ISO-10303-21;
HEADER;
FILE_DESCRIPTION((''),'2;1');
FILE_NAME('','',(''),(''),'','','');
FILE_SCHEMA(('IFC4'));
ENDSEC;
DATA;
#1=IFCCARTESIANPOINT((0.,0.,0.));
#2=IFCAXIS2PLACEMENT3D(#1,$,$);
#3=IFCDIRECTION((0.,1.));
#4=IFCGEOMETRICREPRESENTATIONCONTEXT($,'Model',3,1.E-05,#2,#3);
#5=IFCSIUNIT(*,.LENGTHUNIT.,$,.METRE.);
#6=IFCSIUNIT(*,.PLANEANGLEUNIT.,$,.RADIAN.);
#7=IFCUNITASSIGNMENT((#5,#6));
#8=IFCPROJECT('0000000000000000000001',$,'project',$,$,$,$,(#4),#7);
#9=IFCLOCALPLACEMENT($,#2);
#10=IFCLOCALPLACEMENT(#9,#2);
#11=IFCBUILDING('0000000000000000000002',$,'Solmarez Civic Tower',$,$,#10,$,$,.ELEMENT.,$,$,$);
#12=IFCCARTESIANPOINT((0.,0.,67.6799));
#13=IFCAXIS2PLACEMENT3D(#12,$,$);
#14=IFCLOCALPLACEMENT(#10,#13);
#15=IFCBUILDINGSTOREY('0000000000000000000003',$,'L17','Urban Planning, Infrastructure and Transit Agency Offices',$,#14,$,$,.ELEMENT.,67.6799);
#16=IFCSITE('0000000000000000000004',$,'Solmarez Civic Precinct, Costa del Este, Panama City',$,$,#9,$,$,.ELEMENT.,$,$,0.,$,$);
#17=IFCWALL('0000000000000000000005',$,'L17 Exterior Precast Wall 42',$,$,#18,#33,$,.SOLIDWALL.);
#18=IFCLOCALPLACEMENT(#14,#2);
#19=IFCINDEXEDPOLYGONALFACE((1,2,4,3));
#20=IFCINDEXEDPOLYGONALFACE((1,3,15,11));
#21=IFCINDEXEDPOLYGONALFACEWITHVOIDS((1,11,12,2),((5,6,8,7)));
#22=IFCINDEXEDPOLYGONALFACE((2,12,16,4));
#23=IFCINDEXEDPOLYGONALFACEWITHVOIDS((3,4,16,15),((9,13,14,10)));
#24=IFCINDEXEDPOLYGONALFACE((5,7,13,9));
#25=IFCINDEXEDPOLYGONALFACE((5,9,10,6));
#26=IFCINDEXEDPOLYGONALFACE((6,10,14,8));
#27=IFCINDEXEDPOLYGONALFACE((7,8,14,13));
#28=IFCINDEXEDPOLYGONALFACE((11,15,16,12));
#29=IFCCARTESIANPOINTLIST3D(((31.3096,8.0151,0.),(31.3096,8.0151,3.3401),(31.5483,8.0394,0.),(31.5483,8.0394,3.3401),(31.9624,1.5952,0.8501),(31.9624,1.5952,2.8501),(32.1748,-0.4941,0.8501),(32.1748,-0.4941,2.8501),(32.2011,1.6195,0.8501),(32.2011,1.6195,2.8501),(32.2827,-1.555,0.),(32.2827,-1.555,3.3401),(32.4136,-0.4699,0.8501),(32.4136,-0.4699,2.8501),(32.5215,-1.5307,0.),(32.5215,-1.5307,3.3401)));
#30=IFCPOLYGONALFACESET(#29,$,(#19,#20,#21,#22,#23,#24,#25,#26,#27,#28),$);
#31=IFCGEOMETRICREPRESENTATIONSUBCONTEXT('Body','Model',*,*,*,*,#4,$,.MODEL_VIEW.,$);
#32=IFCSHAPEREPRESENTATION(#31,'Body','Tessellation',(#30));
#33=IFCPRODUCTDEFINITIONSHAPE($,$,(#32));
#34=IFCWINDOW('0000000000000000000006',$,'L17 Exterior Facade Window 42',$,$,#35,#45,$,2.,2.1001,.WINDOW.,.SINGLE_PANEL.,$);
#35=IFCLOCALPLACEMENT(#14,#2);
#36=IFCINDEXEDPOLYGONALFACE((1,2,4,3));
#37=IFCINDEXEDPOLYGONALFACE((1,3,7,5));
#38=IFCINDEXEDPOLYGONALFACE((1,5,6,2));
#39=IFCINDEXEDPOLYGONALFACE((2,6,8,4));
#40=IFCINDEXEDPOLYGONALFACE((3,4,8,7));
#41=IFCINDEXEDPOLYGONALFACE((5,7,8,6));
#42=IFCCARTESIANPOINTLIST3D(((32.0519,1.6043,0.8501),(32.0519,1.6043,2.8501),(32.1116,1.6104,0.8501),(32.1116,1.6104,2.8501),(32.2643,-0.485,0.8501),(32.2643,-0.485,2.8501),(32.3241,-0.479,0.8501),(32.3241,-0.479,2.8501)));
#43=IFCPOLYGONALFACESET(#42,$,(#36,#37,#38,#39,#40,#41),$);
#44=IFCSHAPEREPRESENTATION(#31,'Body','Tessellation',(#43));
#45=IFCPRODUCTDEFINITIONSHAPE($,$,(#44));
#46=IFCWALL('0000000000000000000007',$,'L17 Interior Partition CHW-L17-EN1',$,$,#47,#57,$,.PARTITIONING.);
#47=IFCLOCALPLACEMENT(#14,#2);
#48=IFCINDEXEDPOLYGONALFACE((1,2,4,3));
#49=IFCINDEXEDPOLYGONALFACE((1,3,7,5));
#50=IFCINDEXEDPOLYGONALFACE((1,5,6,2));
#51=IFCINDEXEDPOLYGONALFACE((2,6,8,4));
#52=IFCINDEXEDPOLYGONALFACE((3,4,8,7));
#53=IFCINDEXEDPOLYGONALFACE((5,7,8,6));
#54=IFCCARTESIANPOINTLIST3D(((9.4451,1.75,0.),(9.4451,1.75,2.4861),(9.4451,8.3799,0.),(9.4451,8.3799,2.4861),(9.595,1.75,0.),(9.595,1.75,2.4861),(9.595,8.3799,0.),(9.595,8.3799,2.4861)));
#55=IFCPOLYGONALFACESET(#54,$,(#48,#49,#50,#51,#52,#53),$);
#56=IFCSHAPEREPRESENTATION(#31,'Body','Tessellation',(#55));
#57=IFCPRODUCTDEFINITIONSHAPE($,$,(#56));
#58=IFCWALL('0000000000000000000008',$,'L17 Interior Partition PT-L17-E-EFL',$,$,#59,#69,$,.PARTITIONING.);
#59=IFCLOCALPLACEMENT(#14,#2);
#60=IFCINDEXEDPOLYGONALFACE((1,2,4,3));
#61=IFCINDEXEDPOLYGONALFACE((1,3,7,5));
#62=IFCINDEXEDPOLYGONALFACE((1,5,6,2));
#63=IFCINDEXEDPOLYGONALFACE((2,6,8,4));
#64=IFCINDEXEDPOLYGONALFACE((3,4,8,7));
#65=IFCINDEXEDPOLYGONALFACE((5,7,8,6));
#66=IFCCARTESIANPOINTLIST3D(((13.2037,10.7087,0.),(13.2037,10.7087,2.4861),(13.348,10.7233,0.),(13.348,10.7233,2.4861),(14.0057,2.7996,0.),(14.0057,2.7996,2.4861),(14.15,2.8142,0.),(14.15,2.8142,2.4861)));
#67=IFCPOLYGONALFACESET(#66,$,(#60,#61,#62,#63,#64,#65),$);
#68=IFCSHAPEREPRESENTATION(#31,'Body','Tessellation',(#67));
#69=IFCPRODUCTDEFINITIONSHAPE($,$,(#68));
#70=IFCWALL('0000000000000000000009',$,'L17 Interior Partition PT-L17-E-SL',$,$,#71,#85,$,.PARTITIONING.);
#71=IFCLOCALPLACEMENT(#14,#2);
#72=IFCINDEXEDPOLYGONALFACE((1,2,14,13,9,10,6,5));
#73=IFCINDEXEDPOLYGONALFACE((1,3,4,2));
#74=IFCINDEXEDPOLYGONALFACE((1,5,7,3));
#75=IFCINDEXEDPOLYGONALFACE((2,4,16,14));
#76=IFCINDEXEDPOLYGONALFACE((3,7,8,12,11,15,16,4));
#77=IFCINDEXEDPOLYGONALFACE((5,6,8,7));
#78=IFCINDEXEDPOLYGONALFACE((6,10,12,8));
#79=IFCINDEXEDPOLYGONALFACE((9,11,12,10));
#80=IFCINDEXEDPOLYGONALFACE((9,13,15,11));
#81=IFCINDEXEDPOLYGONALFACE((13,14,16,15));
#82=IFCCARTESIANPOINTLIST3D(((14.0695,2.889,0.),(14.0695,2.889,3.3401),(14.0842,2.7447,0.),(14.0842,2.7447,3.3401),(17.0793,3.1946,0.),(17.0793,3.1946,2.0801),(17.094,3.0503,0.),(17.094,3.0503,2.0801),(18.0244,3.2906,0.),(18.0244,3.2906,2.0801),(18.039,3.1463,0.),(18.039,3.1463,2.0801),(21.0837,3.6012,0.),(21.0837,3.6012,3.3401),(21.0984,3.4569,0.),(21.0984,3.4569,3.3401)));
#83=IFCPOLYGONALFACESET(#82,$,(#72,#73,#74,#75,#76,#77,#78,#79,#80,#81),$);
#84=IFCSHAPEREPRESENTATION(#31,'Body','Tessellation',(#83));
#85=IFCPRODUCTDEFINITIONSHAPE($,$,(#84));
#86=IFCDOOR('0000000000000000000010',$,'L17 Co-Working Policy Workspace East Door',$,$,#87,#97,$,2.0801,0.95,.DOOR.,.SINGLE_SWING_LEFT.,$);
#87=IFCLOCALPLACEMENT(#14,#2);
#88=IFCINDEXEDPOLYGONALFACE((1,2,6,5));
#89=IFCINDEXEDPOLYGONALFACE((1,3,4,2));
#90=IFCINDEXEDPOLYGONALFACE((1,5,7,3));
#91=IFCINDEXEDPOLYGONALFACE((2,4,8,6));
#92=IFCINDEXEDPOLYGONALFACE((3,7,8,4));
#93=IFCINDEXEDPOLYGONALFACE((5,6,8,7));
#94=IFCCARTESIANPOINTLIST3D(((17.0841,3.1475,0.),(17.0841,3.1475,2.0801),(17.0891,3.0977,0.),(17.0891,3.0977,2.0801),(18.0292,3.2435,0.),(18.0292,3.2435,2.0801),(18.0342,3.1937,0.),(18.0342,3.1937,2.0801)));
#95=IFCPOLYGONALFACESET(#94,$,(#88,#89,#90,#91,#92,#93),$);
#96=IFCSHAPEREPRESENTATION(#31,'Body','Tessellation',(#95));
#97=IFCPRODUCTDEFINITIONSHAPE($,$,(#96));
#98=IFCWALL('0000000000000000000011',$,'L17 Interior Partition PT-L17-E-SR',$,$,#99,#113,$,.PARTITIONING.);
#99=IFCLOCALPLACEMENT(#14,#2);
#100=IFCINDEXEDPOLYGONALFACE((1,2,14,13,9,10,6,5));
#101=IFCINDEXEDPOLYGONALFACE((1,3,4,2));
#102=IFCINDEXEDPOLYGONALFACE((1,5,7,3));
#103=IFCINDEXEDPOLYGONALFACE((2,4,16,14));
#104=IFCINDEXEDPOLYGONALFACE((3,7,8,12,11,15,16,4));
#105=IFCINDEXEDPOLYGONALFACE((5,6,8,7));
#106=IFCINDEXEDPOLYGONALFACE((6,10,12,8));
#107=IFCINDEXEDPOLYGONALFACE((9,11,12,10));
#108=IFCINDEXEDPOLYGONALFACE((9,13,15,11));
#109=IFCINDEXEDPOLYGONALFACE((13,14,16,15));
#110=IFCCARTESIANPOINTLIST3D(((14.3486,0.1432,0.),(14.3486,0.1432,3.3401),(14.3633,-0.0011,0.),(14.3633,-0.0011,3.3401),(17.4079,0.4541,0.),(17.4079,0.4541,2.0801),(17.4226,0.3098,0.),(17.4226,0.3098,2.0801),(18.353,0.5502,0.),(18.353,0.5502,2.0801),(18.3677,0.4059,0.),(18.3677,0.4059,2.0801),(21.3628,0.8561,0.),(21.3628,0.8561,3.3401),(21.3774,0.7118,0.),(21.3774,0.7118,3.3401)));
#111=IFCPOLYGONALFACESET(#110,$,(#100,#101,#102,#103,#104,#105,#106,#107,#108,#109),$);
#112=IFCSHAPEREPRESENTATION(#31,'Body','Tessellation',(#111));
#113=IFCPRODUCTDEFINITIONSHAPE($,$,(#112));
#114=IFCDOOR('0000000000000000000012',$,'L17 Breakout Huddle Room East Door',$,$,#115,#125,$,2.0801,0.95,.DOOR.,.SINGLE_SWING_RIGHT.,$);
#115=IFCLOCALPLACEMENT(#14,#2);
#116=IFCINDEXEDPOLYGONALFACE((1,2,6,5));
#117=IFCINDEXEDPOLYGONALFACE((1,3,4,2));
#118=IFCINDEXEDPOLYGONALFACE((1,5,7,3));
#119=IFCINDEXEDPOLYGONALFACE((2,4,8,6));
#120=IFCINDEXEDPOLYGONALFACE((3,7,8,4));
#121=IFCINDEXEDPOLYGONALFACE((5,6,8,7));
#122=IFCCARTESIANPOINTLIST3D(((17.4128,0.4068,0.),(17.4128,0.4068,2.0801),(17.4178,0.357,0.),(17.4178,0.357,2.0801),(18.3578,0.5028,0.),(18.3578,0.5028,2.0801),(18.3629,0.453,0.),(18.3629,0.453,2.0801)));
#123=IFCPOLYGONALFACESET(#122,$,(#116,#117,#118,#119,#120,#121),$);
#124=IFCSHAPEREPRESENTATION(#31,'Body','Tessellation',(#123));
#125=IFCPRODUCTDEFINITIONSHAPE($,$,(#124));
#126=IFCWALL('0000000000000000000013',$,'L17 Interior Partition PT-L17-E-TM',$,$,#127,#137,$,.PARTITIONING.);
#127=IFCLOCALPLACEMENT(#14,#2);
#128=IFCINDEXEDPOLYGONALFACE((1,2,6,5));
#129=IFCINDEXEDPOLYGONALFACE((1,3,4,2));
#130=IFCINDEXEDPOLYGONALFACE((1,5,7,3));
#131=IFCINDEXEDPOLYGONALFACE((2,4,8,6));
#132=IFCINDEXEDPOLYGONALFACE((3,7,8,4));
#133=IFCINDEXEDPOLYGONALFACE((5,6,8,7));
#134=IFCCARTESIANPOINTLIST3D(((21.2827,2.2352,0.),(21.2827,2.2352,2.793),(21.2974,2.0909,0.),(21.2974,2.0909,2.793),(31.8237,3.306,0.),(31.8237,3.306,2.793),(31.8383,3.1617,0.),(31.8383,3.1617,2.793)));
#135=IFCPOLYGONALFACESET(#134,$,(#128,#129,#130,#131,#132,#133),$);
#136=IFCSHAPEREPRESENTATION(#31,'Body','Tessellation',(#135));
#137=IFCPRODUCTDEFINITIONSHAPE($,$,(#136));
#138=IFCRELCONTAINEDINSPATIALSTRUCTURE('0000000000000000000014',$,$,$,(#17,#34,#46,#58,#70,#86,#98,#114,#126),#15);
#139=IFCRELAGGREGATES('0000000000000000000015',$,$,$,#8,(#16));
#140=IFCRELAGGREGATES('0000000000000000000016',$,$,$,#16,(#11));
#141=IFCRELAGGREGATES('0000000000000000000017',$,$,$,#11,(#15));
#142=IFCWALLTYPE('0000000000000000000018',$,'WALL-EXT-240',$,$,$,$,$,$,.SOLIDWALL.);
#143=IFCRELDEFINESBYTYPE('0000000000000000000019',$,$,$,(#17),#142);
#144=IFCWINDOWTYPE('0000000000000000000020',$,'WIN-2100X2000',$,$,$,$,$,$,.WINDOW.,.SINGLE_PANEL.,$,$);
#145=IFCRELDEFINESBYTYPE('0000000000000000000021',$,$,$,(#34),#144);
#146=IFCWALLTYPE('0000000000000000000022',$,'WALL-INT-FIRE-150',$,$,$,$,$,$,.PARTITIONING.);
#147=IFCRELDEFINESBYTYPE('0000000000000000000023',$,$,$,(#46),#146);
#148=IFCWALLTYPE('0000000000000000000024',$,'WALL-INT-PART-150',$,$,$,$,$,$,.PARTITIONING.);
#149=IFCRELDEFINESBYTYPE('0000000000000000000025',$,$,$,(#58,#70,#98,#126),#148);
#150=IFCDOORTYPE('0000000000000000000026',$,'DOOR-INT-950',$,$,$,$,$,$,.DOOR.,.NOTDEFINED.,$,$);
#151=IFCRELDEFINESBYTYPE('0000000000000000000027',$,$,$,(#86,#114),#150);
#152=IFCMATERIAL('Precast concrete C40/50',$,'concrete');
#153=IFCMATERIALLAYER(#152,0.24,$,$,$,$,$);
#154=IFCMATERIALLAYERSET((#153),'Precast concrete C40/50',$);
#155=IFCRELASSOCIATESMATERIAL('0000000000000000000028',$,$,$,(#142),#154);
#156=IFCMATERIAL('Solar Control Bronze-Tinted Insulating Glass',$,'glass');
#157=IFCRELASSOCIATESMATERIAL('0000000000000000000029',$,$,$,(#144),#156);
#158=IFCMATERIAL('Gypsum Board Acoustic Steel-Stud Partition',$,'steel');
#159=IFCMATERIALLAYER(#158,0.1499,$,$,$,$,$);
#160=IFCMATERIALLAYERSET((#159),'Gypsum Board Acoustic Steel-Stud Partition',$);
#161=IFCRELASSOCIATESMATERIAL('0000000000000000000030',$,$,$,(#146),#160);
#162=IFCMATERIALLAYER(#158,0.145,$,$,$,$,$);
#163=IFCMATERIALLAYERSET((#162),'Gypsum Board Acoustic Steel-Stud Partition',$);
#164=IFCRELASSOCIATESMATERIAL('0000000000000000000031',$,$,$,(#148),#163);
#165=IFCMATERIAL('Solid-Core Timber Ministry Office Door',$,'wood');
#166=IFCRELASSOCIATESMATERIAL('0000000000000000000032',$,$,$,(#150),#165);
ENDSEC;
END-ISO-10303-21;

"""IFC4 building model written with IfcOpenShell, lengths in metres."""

from ifc_helpers import new_model, si_unit, direction, frame, frame_2d, origin, place, context, subcontext, project, spatial, rectangle, extrude, material, layer, layer_set, type_object, element, fill, save


model = new_model("IFC4")

# Units and contexts
model_context = context("Model", 3, precision=1e-05, world=origin(), true_north=direction((0.0, 1.0)))
body_context = subcontext(model_context, "Body", "Model", "MODEL_VIEW")
ifc_project = project(units=[si_unit("LENGTHUNIT", "METRE"), si_unit("PLANEANGLEUNIT", "RADIAN")], contexts=[model_context])

# Site, building, storey
site_placement = place(None, origin())
site = spatial("IfcSite", under=ifc_project, at=site_placement, Name="Solmarez Civic Precinct, Costa del Este, Panama City", CompositionType="ELEMENT", RefElevation=0.0)
building_placement = place(site_placement, origin())
building = spatial("IfcBuilding", under=site, at=building_placement, Name="Solmarez Civic Tower", CompositionType="ELEMENT")
storey_placement = place(building_placement, frame((0.0, 0.0, 67.6799)))
storey = spatial("IfcBuildingStorey", under=building, at=storey_placement, Name="L17", Description="Urban Planning, Infrastructure and Transit Agency Offices", CompositionType="ELEMENT", Elevation=67.6799)

# Shared definitions
ifc_material_1 = material(Name="Precast concrete C40/50", Category="concrete")
ifc_layer_1 = layer(ifc_material_1, 0.24)
ifc_layer_set_1 = layer_set([ifc_layer_1], Name="Precast concrete C40/50")
wall_type_1 = type_object("IfcWallType", Name="WALL-EXT-240", PredefinedType="SOLIDWALL", material=ifc_layer_set_1)

# Shared definitions
ifc_material_2 = material(Name="Solar Control Bronze-Tinted Insulating Glass", Category="glass")

# Wall, opening, window
wall_1_placement = place(storey_placement, frame((31.429, 8.0271, 0.0), z_axis=(0.0, 0.0, 1.0), x_axis=(0.101165, -0.99487, 0.0)))
wall_1 = element("IfcWall", 1, at=wall_1_placement, inside=storey, type_object=wall_type_1, Name="L17 Exterior Precast Wall 42", PredefinedType="SOLIDWALL", context=body_context, shape_type="SweptSolid", body=[
    extrude(rectangle(XDim=9.6194, YDim=0.24, at=frame_2d((4.8096, 0.0))), origin(), (0.0, 0.0, 1.0), 3.3401),
])
opening_1_placement = place(wall_1_placement, frame((6.4529, 0.0, 0.8501)))
opening_1 = element("IfcOpeningElement", 2, at=opening_1_placement, cuts=wall_1, PredefinedType="OPENING", context=body_context, shape_type="SweptSolid", body=[
    extrude(rectangle(XDim=2.1001, YDim=2.0, at=frame_2d((1.05, 1.0))), frame((0.0, 0.1299, 0.0), z_axis=(0.0, -1.0, 0.0), x_axis=(1.0, 0.0, 0.0)), (0.0, 0.0, 1.0), 0.26),
])
window_type_1 = type_object("IfcWindowType", Name="WIN-2100X2000", PartitioningType="SINGLE_PANEL", PredefinedType="WINDOW", material=ifc_material_2)
window_1_placement = place(opening_1_placement, origin())
window_1 = element("IfcWindow", 3, at=window_1_placement, inside=storey, type_object=window_type_1, Name="L17 Exterior Facade Window 42", OverallHeight=2.0, OverallWidth=2.1001, PartitioningType="SINGLE_PANEL", PredefinedType="WINDOW", context=body_context, shape_type="SweptSolid", body=[
    extrude(rectangle(XDim=2.1001, YDim=2.0, at=frame_2d((1.05, 1.0))), frame((0.0, 0.03, 0.0), z_axis=(0.0, -1.0, 0.0), x_axis=(1.0, 0.0, 0.0)), (0.0, 0.0, 1.0), 0.0601),
])
fill(opening_1, window_1)

# Walls
ifc_material_3 = material(Name="Gypsum Board Acoustic Steel-Stud Partition", Category="steel")
ifc_layer_2 = layer(ifc_material_3, 0.1499)
ifc_layer_set_2 = layer_set([ifc_layer_2], Name="Gypsum Board Acoustic Steel-Stud Partition")
wall_type_2 = type_object("IfcWallType", Name="WALL-INT-FIRE-150", PredefinedType="PARTITIONING", material=ifc_layer_set_2)
wall_2_placement = place(storey_placement, frame((9.52, 1.75, 0.0), z_axis=(0.0, 0.0, 1.0), x_axis=(0.0, 1.0, 0.0)))
element("IfcWall", 4, at=wall_2_placement, inside=storey, type_object=wall_type_2, Name="L17 Interior Partition CHW-L17-EN1", PredefinedType="PARTITIONING", context=body_context, shape_type="SweptSolid", body=[
    extrude(rectangle(XDim=6.6299, YDim=0.1499, at=frame_2d((3.3149, 0.0))), origin(), (0.0, 0.0, 1.0), 2.4861),
])
ifc_layer_3 = layer(ifc_material_3, 0.145)
ifc_layer_set_3 = layer_set([ifc_layer_3], Name="Gypsum Board Acoustic Steel-Stud Partition")
wall_type_3 = type_object("IfcWallType", Name="WALL-INT-PART-150", PredefinedType="PARTITIONING", material=ifc_layer_set_3)
wall_3_placement = place(storey_placement, frame((14.0779, 2.8069, 0.0), z_axis=(0.0, 0.0, 1.0), x_axis=(-0.100884, 0.994898, 0.0)))
element("IfcWall", 5, at=wall_3_placement, inside=storey, type_object=wall_type_3, Name="L17 Interior Partition PT-L17-E-EFL", PredefinedType="PARTITIONING", context=body_context, shape_type="SweptSolid", body=[
    extrude(rectangle(XDim=7.9497, YDim=0.145, at=frame_2d((3.9749, 0.0))), origin(), (0.0, 0.0, 1.0), 2.4861),
])

# Walls, openings, doors
wall_4_placement = place(storey_placement, frame((21.0911, 3.5291, 0.0), z_axis=(0.0, 0.0, 1.0), x_axis=(-0.994885, -0.101012, 0.0)))
wall_4 = element("IfcWall", 6, at=wall_4_placement, inside=storey, type_object=wall_type_3, Name="L17 Interior Partition PT-L17-E-SL", PredefinedType="PARTITIONING", context=body_context, shape_type="SweptSolid", body=[
    extrude(rectangle(XDim=7.0503, YDim=0.145, at=frame_2d((3.5251, 0.0))), origin(), (0.0, 0.0, 1.0), 3.3401),
])
opening_2_placement = place(wall_4_placement, frame((3.075, 0.0, 0.0)))
opening_2 = element("IfcOpeningElement", 7, at=opening_2_placement, cuts=wall_4, PredefinedType="OPENING", context=body_context, shape_type="SweptSolid", body=[
    extrude(rectangle(XDim=0.95, YDim=2.0801, at=frame_2d((0.4751, 1.04))), frame((0.0, 0.0825, 0.0), z_axis=(0.0, -1.0, 0.0), x_axis=(1.0, 0.0, 0.0)), (0.0, 0.0, 1.0), 0.165),
])
ifc_material_4 = material(Name="Solid-Core Timber Ministry Office Door", Category="wood")
door_type_1 = type_object("IfcDoorType", Name="DOOR-INT-950", OperationType="NOTDEFINED", PredefinedType="DOOR", material=ifc_material_4)
door_1_placement = place(opening_2_placement, origin())
door_1 = element("IfcDoor", 8, at=door_1_placement, inside=storey, type_object=door_type_1, Name="L17 Co-Working Policy Workspace East Door", OperationType="SINGLE_SWING_LEFT", OverallHeight=2.0801, OverallWidth=0.95, PredefinedType="DOOR", context=body_context, shape_type="SweptSolid", body=[
    extrude(rectangle(XDim=0.95, YDim=2.0801, at=frame_2d((0.4751, 1.04))), frame((0.0, 0.0249, 0.0), z_axis=(0.0, -1.0, 0.0), x_axis=(1.0, 0.0, 0.0)), (0.0, 0.0, 1.0), 0.05),
])
fill(opening_2, door_1)
wall_5_placement = place(storey_placement, frame((14.356, 0.071, 0.0), z_axis=(0.0, 0.0, 1.0), x_axis=(0.994875, 0.101115, 0.0)))
wall_5 = element("IfcWall", 9, at=wall_5_placement, inside=storey, type_object=wall_type_3, Name="L17 Interior Partition PT-L17-E-SR", PredefinedType="PARTITIONING", context=body_context, shape_type="SweptSolid", body=[
    extrude(rectangle(XDim=7.0503, YDim=0.145, at=frame_2d((3.5251, 0.0))), origin(), (0.0, 0.0, 1.0), 3.3401),
])
opening_3_placement = place(wall_5_placement, frame((3.075, 0.0, 0.0)))
opening_3 = element("IfcOpeningElement", 10, at=opening_3_placement, cuts=wall_5, PredefinedType="OPENING", context=body_context, shape_type="SweptSolid", body=[
    extrude(rectangle(XDim=0.95, YDim=2.0801, at=frame_2d((0.4751, 1.04))), frame((0.0, 0.0825, 0.0), z_axis=(0.0, -1.0, 0.0), x_axis=(1.0, 0.0, 0.0)), (0.0, 0.0, 1.0), 0.165),
])
door_2_placement = place(opening_3_placement, origin())
door_2 = element("IfcDoor", 11, at=door_2_placement, inside=storey, type_object=door_type_1, Name="L17 Breakout Huddle Room East Door", OperationType="SINGLE_SWING_RIGHT", OverallHeight=2.0801, OverallWidth=0.95, PredefinedType="DOOR", context=body_context, shape_type="SweptSolid", body=[
    extrude(rectangle(XDim=0.95, YDim=2.0801, at=frame_2d((0.4751, 1.04))), frame((0.0, 0.0249, 0.0), z_axis=(0.0, -1.0, 0.0), x_axis=(1.0, 0.0, 0.0)), (0.0, 0.0, 1.0), 0.05),
])
fill(opening_3, door_2)

# Wall
wall_6_placement = place(storey_placement, frame((21.29, 2.1631, 0.0), z_axis=(0.0, 0.0, 1.0), x_axis=(0.99488, 0.101064, 0.0)))
element("IfcWall", 12, at=wall_6_placement, inside=storey, type_object=wall_type_3, Name="L17 Interior Partition PT-L17-E-TM", PredefinedType="PARTITIONING", context=body_context, shape_type="SweptSolid", body=[
    extrude(rectangle(XDim=10.5952, YDim=0.145, at=frame_2d((5.2976, 0.0))), origin(), (0.0, 0.0, 1.0), 2.793),
])

save(model, "model.ifc")
